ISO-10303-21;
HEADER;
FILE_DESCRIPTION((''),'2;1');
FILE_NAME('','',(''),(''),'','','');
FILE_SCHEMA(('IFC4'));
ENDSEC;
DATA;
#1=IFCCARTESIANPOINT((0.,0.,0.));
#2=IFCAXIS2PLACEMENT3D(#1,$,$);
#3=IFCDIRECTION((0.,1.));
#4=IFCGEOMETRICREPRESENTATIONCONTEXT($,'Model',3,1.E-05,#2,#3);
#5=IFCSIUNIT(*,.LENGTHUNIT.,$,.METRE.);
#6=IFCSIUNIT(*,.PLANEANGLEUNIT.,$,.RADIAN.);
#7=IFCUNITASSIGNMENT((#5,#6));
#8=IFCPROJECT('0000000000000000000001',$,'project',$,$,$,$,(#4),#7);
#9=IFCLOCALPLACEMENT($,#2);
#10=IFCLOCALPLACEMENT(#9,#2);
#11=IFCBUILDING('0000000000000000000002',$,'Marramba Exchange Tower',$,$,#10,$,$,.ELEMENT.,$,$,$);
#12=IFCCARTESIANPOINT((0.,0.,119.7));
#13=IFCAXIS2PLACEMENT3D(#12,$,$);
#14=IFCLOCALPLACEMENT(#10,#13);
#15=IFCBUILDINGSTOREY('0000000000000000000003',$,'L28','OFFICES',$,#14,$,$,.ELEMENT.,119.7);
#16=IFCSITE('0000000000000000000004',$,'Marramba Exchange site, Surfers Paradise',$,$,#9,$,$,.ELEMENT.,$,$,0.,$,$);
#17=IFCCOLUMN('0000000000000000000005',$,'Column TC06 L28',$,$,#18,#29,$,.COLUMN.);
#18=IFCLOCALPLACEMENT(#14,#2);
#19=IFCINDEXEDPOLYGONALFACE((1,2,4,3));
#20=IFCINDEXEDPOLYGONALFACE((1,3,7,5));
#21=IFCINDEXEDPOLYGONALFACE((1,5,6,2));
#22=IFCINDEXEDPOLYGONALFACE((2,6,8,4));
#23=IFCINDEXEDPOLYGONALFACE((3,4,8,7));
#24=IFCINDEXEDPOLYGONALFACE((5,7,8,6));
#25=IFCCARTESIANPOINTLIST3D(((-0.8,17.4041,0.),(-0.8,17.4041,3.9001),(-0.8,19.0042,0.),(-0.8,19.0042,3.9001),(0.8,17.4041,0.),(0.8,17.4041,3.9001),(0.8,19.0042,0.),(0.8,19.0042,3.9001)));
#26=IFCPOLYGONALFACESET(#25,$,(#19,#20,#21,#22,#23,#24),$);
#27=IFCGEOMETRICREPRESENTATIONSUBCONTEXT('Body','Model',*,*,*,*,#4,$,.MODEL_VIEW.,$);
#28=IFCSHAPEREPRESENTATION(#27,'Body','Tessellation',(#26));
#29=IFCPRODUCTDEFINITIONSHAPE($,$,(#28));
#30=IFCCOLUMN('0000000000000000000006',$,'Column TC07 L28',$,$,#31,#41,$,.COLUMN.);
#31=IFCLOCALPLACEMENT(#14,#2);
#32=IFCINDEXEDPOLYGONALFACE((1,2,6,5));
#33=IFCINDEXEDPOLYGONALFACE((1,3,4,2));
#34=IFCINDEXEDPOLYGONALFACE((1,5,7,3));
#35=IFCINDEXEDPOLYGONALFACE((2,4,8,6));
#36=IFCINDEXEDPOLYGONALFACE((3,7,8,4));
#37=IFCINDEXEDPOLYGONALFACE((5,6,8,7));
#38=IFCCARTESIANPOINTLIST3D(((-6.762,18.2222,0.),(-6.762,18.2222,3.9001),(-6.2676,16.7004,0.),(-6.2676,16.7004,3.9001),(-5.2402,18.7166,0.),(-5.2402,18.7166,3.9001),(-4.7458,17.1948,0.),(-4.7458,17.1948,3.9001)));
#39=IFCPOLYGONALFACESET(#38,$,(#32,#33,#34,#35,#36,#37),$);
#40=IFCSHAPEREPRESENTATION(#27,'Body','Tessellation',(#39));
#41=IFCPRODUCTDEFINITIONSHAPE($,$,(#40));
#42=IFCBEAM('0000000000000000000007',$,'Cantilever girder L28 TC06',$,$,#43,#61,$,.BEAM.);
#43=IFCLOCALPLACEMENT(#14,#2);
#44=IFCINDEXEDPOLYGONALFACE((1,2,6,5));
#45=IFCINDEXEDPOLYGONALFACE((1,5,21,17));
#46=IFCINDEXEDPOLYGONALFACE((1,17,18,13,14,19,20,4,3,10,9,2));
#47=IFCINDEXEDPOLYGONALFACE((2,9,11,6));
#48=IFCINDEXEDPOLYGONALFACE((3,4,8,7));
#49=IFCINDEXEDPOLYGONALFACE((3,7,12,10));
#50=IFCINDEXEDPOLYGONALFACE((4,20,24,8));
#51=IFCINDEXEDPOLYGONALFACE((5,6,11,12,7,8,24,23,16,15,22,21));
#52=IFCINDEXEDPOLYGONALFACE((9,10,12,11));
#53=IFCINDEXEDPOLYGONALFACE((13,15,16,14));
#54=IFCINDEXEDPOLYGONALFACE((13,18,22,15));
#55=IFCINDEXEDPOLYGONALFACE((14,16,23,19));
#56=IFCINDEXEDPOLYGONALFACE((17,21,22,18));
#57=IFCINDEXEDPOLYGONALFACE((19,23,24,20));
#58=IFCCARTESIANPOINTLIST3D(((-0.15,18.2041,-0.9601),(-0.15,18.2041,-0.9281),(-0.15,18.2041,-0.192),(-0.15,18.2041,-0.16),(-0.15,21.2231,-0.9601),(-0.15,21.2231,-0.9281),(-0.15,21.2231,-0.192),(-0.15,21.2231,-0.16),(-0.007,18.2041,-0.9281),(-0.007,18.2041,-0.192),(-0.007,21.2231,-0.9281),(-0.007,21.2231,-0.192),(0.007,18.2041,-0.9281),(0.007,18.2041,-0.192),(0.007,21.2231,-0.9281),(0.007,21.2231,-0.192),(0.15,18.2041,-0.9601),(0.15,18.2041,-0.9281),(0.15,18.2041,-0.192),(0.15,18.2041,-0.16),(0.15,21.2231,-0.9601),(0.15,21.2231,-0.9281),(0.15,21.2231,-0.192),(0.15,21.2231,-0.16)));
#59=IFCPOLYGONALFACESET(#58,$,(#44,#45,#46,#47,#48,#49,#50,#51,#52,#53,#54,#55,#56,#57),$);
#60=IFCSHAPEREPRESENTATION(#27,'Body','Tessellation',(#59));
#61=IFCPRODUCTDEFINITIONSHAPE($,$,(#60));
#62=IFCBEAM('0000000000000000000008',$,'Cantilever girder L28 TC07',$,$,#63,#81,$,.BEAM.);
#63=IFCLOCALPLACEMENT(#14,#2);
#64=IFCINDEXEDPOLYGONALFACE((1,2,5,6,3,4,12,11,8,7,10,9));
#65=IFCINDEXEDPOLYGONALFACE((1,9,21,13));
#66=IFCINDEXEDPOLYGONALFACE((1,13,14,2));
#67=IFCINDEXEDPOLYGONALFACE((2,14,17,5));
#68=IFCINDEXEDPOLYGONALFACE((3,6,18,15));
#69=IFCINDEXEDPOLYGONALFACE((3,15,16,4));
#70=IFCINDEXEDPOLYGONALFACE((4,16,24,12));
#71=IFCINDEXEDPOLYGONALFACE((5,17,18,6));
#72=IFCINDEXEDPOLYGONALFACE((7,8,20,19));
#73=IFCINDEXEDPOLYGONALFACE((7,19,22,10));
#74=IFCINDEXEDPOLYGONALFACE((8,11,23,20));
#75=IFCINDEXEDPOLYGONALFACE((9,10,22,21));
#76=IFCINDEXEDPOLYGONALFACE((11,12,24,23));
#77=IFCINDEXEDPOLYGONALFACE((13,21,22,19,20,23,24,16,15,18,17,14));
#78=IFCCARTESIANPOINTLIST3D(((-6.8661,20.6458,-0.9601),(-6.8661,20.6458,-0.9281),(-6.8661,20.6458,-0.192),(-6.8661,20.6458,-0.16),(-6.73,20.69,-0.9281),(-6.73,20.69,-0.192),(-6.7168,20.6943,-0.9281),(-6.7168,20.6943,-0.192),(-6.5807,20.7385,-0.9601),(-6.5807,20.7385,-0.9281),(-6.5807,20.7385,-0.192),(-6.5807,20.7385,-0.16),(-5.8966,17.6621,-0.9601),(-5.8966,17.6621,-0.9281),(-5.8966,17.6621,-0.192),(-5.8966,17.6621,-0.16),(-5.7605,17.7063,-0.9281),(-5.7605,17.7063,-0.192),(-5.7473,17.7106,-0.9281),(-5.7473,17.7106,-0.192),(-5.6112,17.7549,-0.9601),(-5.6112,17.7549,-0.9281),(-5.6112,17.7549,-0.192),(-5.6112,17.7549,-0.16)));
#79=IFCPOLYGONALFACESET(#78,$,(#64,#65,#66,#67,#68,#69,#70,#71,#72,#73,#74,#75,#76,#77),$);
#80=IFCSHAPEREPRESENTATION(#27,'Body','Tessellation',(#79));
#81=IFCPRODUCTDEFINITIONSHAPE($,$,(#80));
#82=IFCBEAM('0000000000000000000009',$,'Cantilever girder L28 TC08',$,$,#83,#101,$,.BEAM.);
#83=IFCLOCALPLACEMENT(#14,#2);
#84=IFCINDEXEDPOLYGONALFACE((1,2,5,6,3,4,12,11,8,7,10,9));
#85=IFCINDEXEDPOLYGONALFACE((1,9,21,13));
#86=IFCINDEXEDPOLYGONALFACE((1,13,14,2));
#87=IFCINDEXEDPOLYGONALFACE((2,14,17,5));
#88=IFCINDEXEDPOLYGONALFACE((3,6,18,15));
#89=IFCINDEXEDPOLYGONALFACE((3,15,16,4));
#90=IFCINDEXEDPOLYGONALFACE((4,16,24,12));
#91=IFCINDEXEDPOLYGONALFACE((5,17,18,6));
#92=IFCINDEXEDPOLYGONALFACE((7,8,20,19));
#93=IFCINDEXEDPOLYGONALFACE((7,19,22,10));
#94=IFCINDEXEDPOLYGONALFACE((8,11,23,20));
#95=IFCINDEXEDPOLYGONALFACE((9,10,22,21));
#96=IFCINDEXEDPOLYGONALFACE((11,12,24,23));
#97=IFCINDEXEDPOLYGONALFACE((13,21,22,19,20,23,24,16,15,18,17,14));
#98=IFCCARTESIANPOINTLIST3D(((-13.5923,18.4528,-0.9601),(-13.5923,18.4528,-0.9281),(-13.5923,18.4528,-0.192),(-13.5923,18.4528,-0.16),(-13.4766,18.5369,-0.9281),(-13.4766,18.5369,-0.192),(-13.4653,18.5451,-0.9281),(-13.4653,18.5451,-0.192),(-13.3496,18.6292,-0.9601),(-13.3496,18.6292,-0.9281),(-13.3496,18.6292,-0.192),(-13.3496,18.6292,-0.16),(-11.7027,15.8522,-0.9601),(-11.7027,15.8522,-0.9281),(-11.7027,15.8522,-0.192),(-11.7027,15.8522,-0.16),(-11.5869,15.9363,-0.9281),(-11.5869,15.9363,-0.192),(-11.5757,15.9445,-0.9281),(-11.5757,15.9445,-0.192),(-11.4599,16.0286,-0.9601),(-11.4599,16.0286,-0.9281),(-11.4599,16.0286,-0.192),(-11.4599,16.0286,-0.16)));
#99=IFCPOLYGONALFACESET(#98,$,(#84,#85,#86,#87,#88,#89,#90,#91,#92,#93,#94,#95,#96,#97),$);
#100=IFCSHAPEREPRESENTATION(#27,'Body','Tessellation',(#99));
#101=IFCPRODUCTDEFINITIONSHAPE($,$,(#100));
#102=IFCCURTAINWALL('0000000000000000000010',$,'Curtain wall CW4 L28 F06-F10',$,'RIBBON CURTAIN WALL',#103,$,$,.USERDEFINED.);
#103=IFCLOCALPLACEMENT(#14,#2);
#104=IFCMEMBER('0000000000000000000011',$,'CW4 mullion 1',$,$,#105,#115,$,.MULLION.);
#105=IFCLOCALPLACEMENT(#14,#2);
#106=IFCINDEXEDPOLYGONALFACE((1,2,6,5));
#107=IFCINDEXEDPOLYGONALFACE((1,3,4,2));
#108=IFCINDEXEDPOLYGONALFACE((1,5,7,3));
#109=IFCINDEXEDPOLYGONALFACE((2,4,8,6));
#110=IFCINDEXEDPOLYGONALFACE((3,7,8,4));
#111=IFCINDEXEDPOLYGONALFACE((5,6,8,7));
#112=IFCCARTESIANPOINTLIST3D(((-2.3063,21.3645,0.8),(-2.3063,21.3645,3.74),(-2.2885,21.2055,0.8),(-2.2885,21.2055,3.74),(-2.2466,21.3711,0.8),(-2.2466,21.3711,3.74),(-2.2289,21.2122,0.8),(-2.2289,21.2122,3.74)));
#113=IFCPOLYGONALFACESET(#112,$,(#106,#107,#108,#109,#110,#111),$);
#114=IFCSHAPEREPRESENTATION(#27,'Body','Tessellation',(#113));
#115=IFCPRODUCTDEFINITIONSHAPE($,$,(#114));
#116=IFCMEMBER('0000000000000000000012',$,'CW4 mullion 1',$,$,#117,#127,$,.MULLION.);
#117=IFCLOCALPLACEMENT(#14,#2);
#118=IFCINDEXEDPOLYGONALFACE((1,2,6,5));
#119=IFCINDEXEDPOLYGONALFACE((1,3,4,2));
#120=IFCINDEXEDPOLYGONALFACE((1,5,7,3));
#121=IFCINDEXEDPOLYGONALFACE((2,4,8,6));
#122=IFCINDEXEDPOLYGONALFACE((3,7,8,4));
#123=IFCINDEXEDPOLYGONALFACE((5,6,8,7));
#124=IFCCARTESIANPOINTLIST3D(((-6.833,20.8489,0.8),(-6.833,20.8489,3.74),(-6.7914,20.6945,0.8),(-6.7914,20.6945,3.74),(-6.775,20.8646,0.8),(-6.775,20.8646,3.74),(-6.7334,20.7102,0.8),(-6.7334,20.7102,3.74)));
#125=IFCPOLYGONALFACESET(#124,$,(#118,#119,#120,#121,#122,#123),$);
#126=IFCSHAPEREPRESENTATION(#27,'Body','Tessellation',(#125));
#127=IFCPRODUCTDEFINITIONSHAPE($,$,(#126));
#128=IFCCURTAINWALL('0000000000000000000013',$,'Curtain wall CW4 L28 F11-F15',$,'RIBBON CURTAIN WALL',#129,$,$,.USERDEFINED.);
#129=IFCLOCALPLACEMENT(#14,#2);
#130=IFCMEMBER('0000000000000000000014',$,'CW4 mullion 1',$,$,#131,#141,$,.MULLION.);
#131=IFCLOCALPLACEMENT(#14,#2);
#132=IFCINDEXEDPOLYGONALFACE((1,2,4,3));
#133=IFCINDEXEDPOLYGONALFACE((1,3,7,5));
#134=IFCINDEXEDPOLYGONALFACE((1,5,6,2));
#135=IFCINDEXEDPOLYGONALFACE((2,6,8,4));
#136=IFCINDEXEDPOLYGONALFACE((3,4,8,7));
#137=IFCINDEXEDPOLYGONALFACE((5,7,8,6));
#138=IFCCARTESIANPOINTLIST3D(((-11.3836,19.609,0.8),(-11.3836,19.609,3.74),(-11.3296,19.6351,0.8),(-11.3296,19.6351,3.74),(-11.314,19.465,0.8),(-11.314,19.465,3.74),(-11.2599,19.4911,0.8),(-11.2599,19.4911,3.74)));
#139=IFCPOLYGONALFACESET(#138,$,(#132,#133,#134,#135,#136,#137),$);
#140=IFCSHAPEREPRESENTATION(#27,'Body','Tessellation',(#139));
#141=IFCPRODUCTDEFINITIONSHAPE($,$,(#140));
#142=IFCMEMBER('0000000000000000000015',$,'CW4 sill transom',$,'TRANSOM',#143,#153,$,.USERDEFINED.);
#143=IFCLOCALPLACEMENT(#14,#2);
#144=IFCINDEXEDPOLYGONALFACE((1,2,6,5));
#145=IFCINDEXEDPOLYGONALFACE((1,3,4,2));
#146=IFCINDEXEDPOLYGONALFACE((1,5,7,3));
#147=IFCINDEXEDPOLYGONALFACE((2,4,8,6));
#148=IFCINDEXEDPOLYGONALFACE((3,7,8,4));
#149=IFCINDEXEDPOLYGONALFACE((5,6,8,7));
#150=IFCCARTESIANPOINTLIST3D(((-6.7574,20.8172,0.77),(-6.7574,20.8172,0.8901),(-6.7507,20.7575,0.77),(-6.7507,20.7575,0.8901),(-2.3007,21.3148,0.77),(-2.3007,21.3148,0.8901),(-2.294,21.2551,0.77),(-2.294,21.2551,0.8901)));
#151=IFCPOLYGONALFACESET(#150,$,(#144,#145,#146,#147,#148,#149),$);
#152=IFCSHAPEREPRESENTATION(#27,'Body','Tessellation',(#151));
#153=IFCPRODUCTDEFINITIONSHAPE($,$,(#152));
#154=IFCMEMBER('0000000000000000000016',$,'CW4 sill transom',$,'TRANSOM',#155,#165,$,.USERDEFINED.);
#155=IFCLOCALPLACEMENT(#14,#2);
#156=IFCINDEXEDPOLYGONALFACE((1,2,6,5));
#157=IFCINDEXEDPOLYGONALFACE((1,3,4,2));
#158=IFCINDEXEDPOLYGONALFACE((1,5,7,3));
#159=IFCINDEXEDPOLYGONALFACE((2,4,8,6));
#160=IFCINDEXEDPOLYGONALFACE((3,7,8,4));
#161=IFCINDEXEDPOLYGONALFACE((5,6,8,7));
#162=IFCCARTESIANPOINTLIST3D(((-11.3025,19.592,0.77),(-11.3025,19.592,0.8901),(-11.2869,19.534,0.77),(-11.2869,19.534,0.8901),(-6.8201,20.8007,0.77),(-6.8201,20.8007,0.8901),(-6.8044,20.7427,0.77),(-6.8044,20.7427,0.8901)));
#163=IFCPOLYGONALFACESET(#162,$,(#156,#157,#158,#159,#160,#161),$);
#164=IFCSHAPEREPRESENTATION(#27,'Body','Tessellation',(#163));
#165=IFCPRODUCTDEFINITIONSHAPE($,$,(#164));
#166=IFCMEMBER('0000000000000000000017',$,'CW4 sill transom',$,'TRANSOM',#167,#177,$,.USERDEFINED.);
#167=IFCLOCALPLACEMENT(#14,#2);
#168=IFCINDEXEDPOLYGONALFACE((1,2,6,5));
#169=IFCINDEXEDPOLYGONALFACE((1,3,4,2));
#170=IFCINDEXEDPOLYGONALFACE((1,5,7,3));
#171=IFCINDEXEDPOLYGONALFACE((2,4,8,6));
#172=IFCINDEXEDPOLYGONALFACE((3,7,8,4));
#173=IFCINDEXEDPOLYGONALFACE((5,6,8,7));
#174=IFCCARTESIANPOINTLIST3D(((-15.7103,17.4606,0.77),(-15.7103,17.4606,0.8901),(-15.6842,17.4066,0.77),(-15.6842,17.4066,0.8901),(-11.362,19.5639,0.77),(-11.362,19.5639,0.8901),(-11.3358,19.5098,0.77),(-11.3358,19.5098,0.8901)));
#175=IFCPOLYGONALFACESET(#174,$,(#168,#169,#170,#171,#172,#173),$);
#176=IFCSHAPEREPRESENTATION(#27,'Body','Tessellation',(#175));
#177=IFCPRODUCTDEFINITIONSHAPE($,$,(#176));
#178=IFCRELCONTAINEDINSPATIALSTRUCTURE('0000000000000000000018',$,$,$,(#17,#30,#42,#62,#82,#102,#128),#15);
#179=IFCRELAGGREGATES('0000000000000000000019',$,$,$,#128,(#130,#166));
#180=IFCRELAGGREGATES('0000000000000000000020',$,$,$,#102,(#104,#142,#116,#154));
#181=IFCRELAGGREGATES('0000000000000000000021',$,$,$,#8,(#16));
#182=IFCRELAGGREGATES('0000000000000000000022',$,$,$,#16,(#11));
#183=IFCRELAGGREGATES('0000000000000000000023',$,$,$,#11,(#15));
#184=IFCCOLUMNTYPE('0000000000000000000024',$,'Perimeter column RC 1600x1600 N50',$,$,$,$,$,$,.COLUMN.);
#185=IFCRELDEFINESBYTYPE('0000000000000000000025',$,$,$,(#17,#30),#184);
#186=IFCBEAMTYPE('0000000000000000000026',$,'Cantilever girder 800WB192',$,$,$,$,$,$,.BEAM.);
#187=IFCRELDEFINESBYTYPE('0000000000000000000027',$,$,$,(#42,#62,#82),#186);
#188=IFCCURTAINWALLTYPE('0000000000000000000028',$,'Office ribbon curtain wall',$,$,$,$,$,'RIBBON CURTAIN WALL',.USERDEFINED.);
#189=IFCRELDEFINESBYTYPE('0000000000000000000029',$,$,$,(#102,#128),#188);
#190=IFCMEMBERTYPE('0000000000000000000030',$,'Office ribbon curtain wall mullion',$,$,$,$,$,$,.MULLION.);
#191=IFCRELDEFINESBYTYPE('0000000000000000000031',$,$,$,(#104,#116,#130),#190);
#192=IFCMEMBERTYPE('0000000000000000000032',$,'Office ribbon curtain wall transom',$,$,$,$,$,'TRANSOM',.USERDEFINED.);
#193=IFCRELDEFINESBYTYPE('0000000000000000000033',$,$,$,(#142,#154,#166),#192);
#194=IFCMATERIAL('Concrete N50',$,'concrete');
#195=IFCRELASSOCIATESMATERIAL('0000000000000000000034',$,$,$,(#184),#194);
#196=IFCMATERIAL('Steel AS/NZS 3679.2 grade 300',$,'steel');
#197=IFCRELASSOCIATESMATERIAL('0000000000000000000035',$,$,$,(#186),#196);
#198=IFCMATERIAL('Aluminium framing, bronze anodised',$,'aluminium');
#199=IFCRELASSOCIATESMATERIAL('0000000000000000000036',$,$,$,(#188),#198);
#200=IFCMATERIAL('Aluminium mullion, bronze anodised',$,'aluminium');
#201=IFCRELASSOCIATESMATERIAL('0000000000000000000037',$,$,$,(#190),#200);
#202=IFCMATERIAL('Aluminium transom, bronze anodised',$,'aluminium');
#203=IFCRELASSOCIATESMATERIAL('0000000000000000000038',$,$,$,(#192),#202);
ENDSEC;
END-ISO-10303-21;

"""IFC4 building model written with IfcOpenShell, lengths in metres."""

from ifc_helpers import new_model, si_unit, direction, frame, origin, origin_2d, place, context, subcontext, project, spatial, rectangle, i_section, extrude, material, material_profile, profile_set, type_object, element, aggregate, save


model = new_model("IFC4")

# Units and contexts
model_context = context("Model", 3, precision=1e-05, world=origin(), true_north=direction((0.0, 1.0)))
body_context = subcontext(model_context, "Body", "Model", "MODEL_VIEW")
ifc_project = project(units=[si_unit("LENGTHUNIT", "METRE"), si_unit("PLANEANGLEUNIT", "RADIAN")], contexts=[model_context])

# Site, building, storey
site_placement = place(None, origin())
site = spatial("IfcSite", under=ifc_project, at=site_placement, Name="Marramba Exchange site, Surfers Paradise", CompositionType="ELEMENT", RefElevation=0.0)
building_placement = place(site_placement, origin())
building = spatial("IfcBuilding", under=site, at=building_placement, Name="Marramba Exchange Tower", CompositionType="ELEMENT")
storey_placement = place(building_placement, frame((0.0, 0.0, 119.7)))
storey = spatial("IfcBuildingStorey", under=building, at=storey_placement, Name="L28", Description="OFFICES", CompositionType="ELEMENT", Elevation=119.7)

# Columns
ifc_material_1 = material(Name="Concrete N50", Category="concrete")
ifc_material_profile_1 = material_profile(ifc_material_1, rectangle(XDim=1.6001, YDim=1.6001, at=origin_2d()), Name="RC 1600x1600")
ifc_profile_set_1 = profile_set([ifc_material_profile_1], Name="Concrete N50")
column_type = type_object("IfcColumnType", Name="Perimeter column RC 1600x1600 N50", PredefinedType="COLUMN", material=ifc_profile_set_1)
for number, where, z_axis, x_axis, name in (
    (1, (0.0, 18.2041, 0.0), (0.0, 0.0, 1.0), (0.0, 1.0, 0.0), "Column TC06 L28"),
    (2, (-5.7539, 17.7085, 0.0), (0.0, 0.0, 1.0), (-0.309017, 0.951057, 0.0), "Column TC07 L28"),
):
    element("IfcColumn", number, at=place(storey_placement, frame(where, z_axis=z_axis, x_axis=x_axis)), inside=storey, type_object=column_type, Name=name, PredefinedType="COLUMN", context=body_context, shape_type="SweptSolid", body=[
        extrude(rectangle(XDim=1.6001, YDim=1.6001, at=origin_2d()), origin(), (0.0, 0.0, 1.0), 3.9001),
    ])

# Beams
ifc_material_2 = material(Name="Steel AS/NZS 3679.2 grade 300", Category="steel")
ifc_material_profile_2 = material_profile(ifc_material_2, i_section(OverallWidth=0.3, OverallDepth=0.8, WebThickness=0.0139, FlangeThickness=0.032, at=origin_2d()), Name="800WB192")
ifc_profile_set_2 = profile_set([ifc_material_profile_2], Name="Steel AS/NZS 3679.2 grade 300")
beam_type_1 = type_object("IfcBeamType", Name="Cantilever girder 800WB192", PredefinedType="BEAM", material=ifc_profile_set_2)
beam_1_placement = place(storey_placement, frame((0.0, 18.2041, -0.5601), z_axis=(0.0, 1.0, 0.0), x_axis=(-1.0, 0.0, 0.0)))
element("IfcBeam", 3, at=beam_1_placement, inside=storey, type_object=beam_type_1, Name="Cantilever girder L28 TC06", PredefinedType="BEAM", context=body_context, shape_type="SweptSolid", body=[
    extrude(i_section(OverallWidth=0.3, OverallDepth=0.8, WebThickness=0.0139, FlangeThickness=0.032, at=origin_2d()), origin(), (0.0, 0.0, 1.0), 3.019),
])
beam_2_placement = place(storey_placement, frame((-5.7539, 17.7085, -0.5601), z_axis=(-0.309028, 0.951053, 0.0), x_axis=(-0.951053, -0.309028, 0.0)))
element("IfcBeam", 4, at=beam_2_placement, inside=storey, type_object=beam_type_1, Name="Cantilever girder L28 TC07", PredefinedType="BEAM", context=body_context, shape_type="SweptSolid", body=[
    extrude(i_section(OverallWidth=0.3, OverallDepth=0.8, WebThickness=0.0139, FlangeThickness=0.032, at=origin_2d()), origin(), (0.0, 0.0, 1.0), 3.1372),
])
beam_3_placement = place(storey_placement, frame((-11.5813, 15.9404, -0.5601), z_axis=(-0.587828, 0.808986, 0.0), x_axis=(-0.808986, -0.587828, 0.0)))
element("IfcBeam", 5, at=beam_3_placement, inside=storey, type_object=beam_type_1, Name="Cantilever girder L28 TC08", PredefinedType="BEAM", context=body_context, shape_type="SweptSolid", body=[
    extrude(i_section(OverallWidth=0.3, OverallDepth=0.8, WebThickness=0.0139, FlangeThickness=0.032, at=origin_2d()), origin(), (0.0, 0.0, 1.0), 3.2146),
])

# Curtain wall, members
ifc_material_3 = material(Name="Aluminium framing, bronze anodised", Category="aluminium")
curtain_wall_type = type_object("IfcCurtainWallType", Name="Office ribbon curtain wall", ElementType="RIBBON CURTAIN WALL", PredefinedType="USERDEFINED", material=ifc_material_3)
curtain_wall_1_placement = place(storey_placement, origin())
curtain_wall_1 = element("IfcCurtainWall", 6, at=curtain_wall_1_placement, inside=storey, type_object=curtain_wall_type, Name="Curtain wall CW4 L28 F06-F10", ObjectType="RIBBON CURTAIN WALL", PredefinedType="USERDEFINED")
ifc_material_4 = material(Name="Aluminium mullion, bronze anodised", Category="aluminium")
ifc_material_profile_3 = material_profile(ifc_material_4, rectangle(XDim=0.1599, YDim=0.0601, at=origin_2d()), Name="CW4 mullion 60x160")
ifc_profile_set_3 = profile_set([ifc_material_profile_3], Name="Aluminium mullion, bronze anodised")
member_type_1 = type_object("IfcMemberType", Name="Office ribbon curtain wall mullion", PredefinedType="MULLION", material=ifc_profile_set_3)
member_1_placement = place(storey_placement, frame((-2.2676, 21.2883, 0.8), z_axis=(0.0, 0.0, 1.0), x_axis=(0.110973, -0.993823, 0.0)))
member_1 = element("IfcMember", 7, at=member_1_placement, type_object=member_type_1, Name="CW4 mullion 1", PredefinedType="MULLION", context=body_context, shape_type="SweptSolid", body=[
    extrude(rectangle(XDim=0.1599, YDim=0.0601, at=origin_2d()), origin(), (0.0, 0.0, 1.0), 2.9399),
])
member_2_placement = place(storey_placement, frame((-6.7832, 20.7795, 0.8), z_axis=(0.0, 0.0, 1.0), x_axis=(0.260321, -0.965522, 0.0)))
member_2 = element("IfcMember", 8, at=member_2_placement, type_object=member_type_1, Name="CW4 mullion 1", PredefinedType="MULLION", context=body_context, shape_type="SweptSolid", body=[
    extrude(rectangle(XDim=0.1599, YDim=0.0601, at=origin_2d()), origin(), (0.0, 0.0, 1.0), 2.9399),
])

# Curtain wall, member
curtain_wall_2_placement = place(storey_placement, origin())
curtain_wall_2 = element("IfcCurtainWall", 9, at=curtain_wall_2_placement, inside=storey, type_object=curtain_wall_type, Name="Curtain wall CW4 L28 F11-F15", ObjectType="RIBBON CURTAIN WALL", PredefinedType="USERDEFINED")
member_3_placement = place(storey_placement, frame((-11.3218, 19.55, 0.8), z_axis=(0.0, 0.0, 1.0), x_axis=(0.435428, -0.900224, 0.0)))
member_3 = element("IfcMember", 10, at=member_3_placement, type_object=member_type_1, Name="CW4 mullion 1", PredefinedType="MULLION", context=body_context, shape_type="SweptSolid", body=[
    extrude(rectangle(XDim=0.1599, YDim=0.0601, at=origin_2d()), origin(), (0.0, 0.0, 1.0), 2.9399),
])

# Members
ifc_material_5 = material(Name="Aluminium transom, bronze anodised", Category="aluminium")
ifc_material_profile_4 = material_profile(ifc_material_5, rectangle(XDim=0.0601, YDim=0.1201, at=origin_2d()), Name="CW4 transom 60x120")
ifc_profile_set_4 = profile_set([ifc_material_profile_4], Name="Aluminium transom, bronze anodised")
member_type_2 = type_object("IfcMemberType", Name="Office ribbon curtain wall transom", ElementType="TRANSOM", PredefinedType="USERDEFINED", material=ifc_profile_set_4)
member_4_placement = place(storey_placement, frame((-2.2974, 21.2849, 0.8301), z_axis=(-0.993826, -0.110951, 0.0), x_axis=(0.110951, -0.993826, 0.0)))
member_4 = element("IfcMember", 11, at=member_4_placement, type_object=member_type_2, Name="CW4 sill transom", ObjectType="TRANSOM", PredefinedType="USERDEFINED", context=body_context, shape_type="SweptSolid", body=[
    extrude(rectangle(XDim=0.0601, YDim=0.1201, at=origin_2d()), origin(), (0.0, 0.0, 1.0), 4.4844),
])
member_5_placement = place(storey_placement, frame((-6.8123, 20.7717, 0.8301), z_axis=(-0.965511, -0.260362, 0.0), x_axis=(0.260362, -0.965511, 0.0)))
member_5 = element("IfcMember", 12, at=member_5_placement, type_object=member_type_2, Name="CW4 sill transom", ObjectType="TRANSOM", PredefinedType="USERDEFINED", context=body_context, shape_type="SweptSolid", body=[
    extrude(rectangle(XDim=0.0601, YDim=0.1201, at=origin_2d()), origin(), (0.0, 0.0, 1.0), 4.6426),
])
member_6_placement = place(storey_placement, frame((-11.3489, 19.5369, 0.8301), z_axis=(-0.900223, -0.435429, 0.0), x_axis=(0.435429, -0.900223, 0.0)))
member_6 = element("IfcMember", 13, at=member_6_placement, type_object=member_type_2, Name="CW4 sill transom", ObjectType="TRANSOM", PredefinedType="USERDEFINED", context=body_context, shape_type="SweptSolid", body=[
    extrude(rectangle(XDim=0.0601, YDim=0.1201, at=origin_2d()), origin(), (0.0, 0.0, 1.0), 4.8303),
])
aggregate(curtain_wall_2, [member_3, member_6])

aggregate(curtain_wall_1, [member_1, member_4, member_2, member_5])

save(model, "model.ifc")
